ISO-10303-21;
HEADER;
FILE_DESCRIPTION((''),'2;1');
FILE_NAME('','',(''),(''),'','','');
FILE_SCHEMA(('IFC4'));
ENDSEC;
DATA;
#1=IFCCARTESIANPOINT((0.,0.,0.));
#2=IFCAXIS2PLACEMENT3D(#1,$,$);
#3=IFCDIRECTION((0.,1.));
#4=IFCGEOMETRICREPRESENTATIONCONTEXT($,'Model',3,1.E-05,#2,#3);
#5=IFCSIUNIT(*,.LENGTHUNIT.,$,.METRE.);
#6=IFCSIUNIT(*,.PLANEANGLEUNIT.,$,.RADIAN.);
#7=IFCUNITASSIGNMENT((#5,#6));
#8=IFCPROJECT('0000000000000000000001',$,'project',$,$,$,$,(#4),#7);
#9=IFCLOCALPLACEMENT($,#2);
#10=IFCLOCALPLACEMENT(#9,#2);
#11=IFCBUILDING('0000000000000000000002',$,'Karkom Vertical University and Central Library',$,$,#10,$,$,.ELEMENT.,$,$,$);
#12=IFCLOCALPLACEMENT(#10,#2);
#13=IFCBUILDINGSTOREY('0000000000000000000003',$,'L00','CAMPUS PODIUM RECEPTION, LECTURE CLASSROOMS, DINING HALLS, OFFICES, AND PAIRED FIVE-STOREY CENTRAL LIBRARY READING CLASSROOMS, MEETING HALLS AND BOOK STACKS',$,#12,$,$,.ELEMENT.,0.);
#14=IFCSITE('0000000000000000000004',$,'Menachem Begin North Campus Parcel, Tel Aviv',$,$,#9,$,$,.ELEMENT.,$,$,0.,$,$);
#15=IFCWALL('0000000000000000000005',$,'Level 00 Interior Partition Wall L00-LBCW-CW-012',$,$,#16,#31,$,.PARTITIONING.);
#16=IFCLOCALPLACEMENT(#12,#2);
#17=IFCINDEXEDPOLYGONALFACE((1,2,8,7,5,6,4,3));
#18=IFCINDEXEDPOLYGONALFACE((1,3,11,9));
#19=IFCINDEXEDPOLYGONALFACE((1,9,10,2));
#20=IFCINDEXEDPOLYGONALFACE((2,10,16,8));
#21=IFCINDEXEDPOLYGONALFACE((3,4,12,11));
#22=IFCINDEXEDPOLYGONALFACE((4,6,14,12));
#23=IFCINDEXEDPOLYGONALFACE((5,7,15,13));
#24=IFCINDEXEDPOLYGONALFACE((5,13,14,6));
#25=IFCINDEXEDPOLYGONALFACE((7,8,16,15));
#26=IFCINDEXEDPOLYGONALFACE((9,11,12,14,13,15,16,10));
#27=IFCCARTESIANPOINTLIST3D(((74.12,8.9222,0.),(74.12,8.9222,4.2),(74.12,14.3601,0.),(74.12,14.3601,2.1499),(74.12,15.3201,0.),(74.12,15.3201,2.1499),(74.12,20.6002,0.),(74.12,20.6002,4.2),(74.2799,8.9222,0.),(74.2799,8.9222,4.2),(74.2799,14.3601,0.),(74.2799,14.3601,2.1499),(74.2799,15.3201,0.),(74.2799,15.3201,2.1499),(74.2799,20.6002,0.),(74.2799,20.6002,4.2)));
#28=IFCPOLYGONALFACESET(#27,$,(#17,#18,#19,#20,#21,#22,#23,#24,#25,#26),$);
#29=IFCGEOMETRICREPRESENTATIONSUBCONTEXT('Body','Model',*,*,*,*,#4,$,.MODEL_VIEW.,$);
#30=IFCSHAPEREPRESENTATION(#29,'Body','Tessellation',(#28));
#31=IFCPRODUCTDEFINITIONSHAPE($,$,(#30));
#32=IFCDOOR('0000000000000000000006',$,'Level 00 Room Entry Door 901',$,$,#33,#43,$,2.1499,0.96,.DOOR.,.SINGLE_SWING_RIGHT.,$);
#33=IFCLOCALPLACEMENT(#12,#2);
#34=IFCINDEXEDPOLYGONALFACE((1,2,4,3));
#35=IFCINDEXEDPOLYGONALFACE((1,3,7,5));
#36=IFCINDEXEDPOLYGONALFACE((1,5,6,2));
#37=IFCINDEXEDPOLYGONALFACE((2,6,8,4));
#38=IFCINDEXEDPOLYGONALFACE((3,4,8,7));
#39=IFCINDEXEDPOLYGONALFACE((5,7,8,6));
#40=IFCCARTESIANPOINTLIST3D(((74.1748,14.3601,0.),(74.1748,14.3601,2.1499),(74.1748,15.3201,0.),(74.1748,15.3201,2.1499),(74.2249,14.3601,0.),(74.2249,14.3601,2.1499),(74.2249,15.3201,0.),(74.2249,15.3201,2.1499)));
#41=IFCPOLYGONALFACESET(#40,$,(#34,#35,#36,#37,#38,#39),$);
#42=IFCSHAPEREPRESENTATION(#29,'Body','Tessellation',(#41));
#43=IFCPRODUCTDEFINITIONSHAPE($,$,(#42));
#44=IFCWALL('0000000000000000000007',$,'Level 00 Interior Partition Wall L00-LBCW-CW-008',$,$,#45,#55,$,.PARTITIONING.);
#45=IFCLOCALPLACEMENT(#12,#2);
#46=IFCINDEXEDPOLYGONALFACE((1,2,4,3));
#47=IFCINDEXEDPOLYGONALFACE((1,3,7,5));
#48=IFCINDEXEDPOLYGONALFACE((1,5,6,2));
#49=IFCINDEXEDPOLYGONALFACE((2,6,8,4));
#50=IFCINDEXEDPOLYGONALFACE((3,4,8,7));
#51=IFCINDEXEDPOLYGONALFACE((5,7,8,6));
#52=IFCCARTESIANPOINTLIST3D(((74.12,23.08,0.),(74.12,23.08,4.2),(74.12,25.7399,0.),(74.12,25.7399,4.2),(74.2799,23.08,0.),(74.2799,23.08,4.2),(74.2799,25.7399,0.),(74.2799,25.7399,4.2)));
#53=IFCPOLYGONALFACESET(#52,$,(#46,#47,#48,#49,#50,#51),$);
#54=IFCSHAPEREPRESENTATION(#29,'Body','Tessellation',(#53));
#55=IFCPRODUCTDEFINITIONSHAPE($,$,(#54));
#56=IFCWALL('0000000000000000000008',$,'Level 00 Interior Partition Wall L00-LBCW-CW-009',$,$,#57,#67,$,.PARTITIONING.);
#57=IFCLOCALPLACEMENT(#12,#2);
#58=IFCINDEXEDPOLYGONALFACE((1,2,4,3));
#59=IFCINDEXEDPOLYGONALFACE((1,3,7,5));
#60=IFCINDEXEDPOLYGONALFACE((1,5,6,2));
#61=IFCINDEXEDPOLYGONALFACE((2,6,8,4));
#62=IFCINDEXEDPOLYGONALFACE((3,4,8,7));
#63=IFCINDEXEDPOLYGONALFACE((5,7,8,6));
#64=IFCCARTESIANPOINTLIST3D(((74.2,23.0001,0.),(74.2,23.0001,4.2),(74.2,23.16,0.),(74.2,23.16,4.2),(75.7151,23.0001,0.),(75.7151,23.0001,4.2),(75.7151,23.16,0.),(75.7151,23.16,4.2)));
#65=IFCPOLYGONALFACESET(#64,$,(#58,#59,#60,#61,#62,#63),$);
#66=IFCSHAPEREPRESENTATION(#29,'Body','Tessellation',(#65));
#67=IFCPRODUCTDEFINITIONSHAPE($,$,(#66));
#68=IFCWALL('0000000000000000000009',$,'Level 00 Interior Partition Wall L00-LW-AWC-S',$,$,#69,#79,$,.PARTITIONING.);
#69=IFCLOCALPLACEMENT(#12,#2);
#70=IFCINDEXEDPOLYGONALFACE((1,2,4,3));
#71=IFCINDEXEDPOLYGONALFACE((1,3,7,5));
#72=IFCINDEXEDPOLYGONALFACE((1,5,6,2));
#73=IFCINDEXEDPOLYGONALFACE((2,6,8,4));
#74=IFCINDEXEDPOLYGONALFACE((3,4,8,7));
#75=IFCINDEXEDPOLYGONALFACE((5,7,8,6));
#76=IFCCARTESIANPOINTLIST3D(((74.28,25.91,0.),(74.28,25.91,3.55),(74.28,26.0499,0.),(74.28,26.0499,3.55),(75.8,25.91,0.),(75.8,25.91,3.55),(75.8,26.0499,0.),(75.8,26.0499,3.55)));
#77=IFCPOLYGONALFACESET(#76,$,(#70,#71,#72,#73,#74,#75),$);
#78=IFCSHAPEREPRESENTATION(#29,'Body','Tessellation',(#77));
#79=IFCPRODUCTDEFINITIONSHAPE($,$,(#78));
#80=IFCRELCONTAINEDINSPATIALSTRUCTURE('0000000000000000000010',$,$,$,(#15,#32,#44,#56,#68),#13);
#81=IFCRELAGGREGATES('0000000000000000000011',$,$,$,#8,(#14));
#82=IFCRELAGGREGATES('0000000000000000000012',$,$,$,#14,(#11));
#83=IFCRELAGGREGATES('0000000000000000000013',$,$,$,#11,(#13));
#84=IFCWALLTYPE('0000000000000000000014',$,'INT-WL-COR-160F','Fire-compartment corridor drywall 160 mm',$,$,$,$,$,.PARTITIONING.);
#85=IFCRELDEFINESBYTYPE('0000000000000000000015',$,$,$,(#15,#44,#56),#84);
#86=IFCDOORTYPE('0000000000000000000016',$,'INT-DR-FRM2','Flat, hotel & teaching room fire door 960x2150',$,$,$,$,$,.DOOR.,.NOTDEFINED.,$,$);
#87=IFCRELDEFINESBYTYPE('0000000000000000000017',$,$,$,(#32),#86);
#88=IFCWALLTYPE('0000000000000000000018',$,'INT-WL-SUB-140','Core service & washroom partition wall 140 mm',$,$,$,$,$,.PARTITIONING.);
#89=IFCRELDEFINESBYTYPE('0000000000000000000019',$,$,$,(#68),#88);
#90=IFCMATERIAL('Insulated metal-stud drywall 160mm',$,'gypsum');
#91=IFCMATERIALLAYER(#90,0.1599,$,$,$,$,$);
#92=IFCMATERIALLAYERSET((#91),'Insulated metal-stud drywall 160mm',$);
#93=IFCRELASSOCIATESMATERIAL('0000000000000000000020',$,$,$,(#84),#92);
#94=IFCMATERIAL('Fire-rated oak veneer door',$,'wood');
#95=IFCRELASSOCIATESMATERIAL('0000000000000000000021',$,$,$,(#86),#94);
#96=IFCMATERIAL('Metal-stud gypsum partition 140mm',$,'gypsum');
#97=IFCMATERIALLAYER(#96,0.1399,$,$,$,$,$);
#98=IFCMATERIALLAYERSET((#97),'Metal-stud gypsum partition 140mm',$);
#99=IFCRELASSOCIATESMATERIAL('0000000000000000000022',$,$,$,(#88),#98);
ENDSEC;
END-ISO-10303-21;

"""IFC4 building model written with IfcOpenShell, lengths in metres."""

from ifc_helpers import new_model, si_unit, direction, frame, frame_2d, origin, origin_with_axes, place, context, subcontext, project, spatial, rectangle, extrude, source, transform, mapped, material, layer, layer_set, type_object, element, fill, save


model = new_model("IFC4")

# Units and contexts
model_context = context("Model", 3, precision=1e-05, world=origin(), true_north=direction((0.0, 1.0)))
body_context = subcontext(model_context, "Body", "Model", "MODEL_VIEW")
ifc_project = project(units=[si_unit("LENGTHUNIT", "METRE"), si_unit("PLANEANGLEUNIT", "RADIAN")], contexts=[model_context])

# Site, building, storey
site_placement = place(None, origin())
site = spatial("IfcSite", under=ifc_project, at=site_placement, Name="Menachem Begin North Campus Parcel, Tel Aviv", CompositionType="ELEMENT", RefElevation=0.0)
building_placement = place(site_placement, origin())
building = spatial("IfcBuilding", under=site, at=building_placement, Name="Karkom Vertical University and Central Library", CompositionType="ELEMENT")
storey_placement = place(building_placement, origin())
storey = spatial("IfcBuildingStorey", under=building, at=storey_placement, Name="L00", Description="CAMPUS PODIUM RECEPTION, LECTURE CLASSROOMS, DINING HALLS, OFFICES, AND PAIRED FIVE-STOREY CENTRAL LIBRARY READING CLASSROOMS, MEETING HALLS AND BOOK STACKS", CompositionType="ELEMENT", Elevation=0.0)

# Wall, opening, door
ifc_material_1 = material(Name="Insulated metal-stud drywall 160mm", Category="gypsum")
ifc_layer_1 = layer(ifc_material_1, 0.1599)
ifc_layer_set_1 = layer_set([ifc_layer_1], Name="Insulated metal-stud drywall 160mm")
wall_type_1 = type_object("IfcWallType", Name="INT-WL-COR-160F", Description="Fire-compartment corridor drywall 160 mm", PredefinedType="PARTITIONING", material=ifc_layer_set_1)
wall_1_placement = place(storey_placement, frame((74.2, 20.6001, 0.0), z_axis=(0.0, 0.0, 1.0), x_axis=(0.0, -1.0, 0.0)))
wall_1 = element("IfcWall", 1, at=wall_1_placement, inside=storey, type_object=wall_type_1, Name="Level 00 Interior Partition Wall L00-LBCW-CW-012", PredefinedType="PARTITIONING", context=body_context, shape_type="SweptSolid", body=[
    extrude(rectangle(XDim=11.678, YDim=0.1599, at=frame_2d((5.8389, 0.0))), origin(), (0.0, 0.0, 1.0), 4.2),
])
opening_placement = place(wall_1_placement, frame((5.28, 0.0, 0.0)))
opening = element("IfcOpeningElement", 2, at=opening_placement, cuts=wall_1, PredefinedType="OPENING", context=body_context, shape_type="SweptSolid", body=[
    extrude(rectangle(XDim=0.96, YDim=2.1499, at=frame_2d((0.48, 1.075))), frame((0.0, 0.0898, 0.0), z_axis=(0.0, -1.0, 0.0), x_axis=(1.0, 0.0, 0.0)), (0.0, 0.0, 1.0), 0.1799),
])
ifc_material_2 = material(Name="Fire-rated oak veneer door", Category="wood")
door_type = type_object("IfcDoorType", Name="INT-DR-FRM2", Description="Flat, hotel & teaching room fire door 960x2150", OperationType="NOTDEFINED", PredefinedType="DOOR", material=ifc_material_2)
shared_shape_1 = source(origin_with_axes(), body_context, "Body", "SweptSolid", [
    extrude(rectangle(XDim=0.96, YDim=2.1499, at=frame_2d((0.48, 1.075))), frame((0.0, 0.0249, 0.0), z_axis=(0.0, -1.0, 0.0), x_axis=(1.0, 0.0, 0.0)), (0.0, 0.0, 1.0), 0.05),
])
door_placement = place(opening_placement, origin())
door = element("IfcDoor", 3, at=door_placement, inside=storey, type_object=door_type, Name="Level 00 Room Entry Door 901", OperationType="SINGLE_SWING_RIGHT", OverallHeight=2.1499, OverallWidth=0.96, PredefinedType="DOOR", context=body_context, shape_type="MappedRepresentation", body=[
    mapped(shared_shape_1, transform((0.0, 0.0, 0.0), scale=1.0)),
])
fill(opening, door)

# Walls
wall_2_placement = place(storey_placement, frame((74.2, 25.74, 0.0), z_axis=(0.0, 0.0, 1.0), x_axis=(0.0, -1.0, 0.0)))
element("IfcWall", 4, at=wall_2_placement, inside=storey, type_object=wall_type_1, Name="Level 00 Interior Partition Wall L00-LBCW-CW-008", PredefinedType="PARTITIONING", context=body_context, shape_type="SweptSolid", body=[
    extrude(rectangle(XDim=2.6599, YDim=0.1599, at=frame_2d((1.3301, 0.0))), origin(), (0.0, 0.0, 1.0), 4.2),
])
wall_3_placement = place(storey_placement, frame((74.2, 23.0801, 0.0), z_axis=(0.0, 0.0, 1.0), x_axis=(1.0, 0.0, 0.0)))
element("IfcWall", 5, at=wall_3_placement, inside=storey, type_object=wall_type_1, Name="Level 00 Interior Partition Wall L00-LBCW-CW-009", PredefinedType="PARTITIONING", context=body_context, shape_type="SweptSolid", body=[
    extrude(rectangle(XDim=1.5151, YDim=0.1599, at=frame_2d((0.7576, 0.0))), origin(), (0.0, 0.0, 1.0), 4.2),
])
ifc_material_3 = material(Name="Metal-stud gypsum partition 140mm", Category="gypsum")
ifc_layer_2 = layer(ifc_material_3, 0.1399)
ifc_layer_set_2 = layer_set([ifc_layer_2], Name="Metal-stud gypsum partition 140mm")
wall_type_2 = type_object("IfcWallType", Name="INT-WL-SUB-140", Description="Core service & washroom partition wall 140 mm", PredefinedType="PARTITIONING", material=ifc_layer_set_2)
wall_4_placement = place(storey_placement, frame((74.28, 25.98, 0.0), z_axis=(0.0, 0.0, 1.0), x_axis=(1.0, 0.0, 0.0)))
element("IfcWall", 6, at=wall_4_placement, inside=storey, type_object=wall_type_2, Name="Level 00 Interior Partition Wall L00-LW-AWC-S", PredefinedType="PARTITIONING", context=body_context, shape_type="SweptSolid", body=[
    extrude(rectangle(XDim=1.52, YDim=0.1399, at=frame_2d((0.76, 0.0))), origin(), (0.0, 0.0, 1.0), 3.55),
])

save(model, "model.ifc")
